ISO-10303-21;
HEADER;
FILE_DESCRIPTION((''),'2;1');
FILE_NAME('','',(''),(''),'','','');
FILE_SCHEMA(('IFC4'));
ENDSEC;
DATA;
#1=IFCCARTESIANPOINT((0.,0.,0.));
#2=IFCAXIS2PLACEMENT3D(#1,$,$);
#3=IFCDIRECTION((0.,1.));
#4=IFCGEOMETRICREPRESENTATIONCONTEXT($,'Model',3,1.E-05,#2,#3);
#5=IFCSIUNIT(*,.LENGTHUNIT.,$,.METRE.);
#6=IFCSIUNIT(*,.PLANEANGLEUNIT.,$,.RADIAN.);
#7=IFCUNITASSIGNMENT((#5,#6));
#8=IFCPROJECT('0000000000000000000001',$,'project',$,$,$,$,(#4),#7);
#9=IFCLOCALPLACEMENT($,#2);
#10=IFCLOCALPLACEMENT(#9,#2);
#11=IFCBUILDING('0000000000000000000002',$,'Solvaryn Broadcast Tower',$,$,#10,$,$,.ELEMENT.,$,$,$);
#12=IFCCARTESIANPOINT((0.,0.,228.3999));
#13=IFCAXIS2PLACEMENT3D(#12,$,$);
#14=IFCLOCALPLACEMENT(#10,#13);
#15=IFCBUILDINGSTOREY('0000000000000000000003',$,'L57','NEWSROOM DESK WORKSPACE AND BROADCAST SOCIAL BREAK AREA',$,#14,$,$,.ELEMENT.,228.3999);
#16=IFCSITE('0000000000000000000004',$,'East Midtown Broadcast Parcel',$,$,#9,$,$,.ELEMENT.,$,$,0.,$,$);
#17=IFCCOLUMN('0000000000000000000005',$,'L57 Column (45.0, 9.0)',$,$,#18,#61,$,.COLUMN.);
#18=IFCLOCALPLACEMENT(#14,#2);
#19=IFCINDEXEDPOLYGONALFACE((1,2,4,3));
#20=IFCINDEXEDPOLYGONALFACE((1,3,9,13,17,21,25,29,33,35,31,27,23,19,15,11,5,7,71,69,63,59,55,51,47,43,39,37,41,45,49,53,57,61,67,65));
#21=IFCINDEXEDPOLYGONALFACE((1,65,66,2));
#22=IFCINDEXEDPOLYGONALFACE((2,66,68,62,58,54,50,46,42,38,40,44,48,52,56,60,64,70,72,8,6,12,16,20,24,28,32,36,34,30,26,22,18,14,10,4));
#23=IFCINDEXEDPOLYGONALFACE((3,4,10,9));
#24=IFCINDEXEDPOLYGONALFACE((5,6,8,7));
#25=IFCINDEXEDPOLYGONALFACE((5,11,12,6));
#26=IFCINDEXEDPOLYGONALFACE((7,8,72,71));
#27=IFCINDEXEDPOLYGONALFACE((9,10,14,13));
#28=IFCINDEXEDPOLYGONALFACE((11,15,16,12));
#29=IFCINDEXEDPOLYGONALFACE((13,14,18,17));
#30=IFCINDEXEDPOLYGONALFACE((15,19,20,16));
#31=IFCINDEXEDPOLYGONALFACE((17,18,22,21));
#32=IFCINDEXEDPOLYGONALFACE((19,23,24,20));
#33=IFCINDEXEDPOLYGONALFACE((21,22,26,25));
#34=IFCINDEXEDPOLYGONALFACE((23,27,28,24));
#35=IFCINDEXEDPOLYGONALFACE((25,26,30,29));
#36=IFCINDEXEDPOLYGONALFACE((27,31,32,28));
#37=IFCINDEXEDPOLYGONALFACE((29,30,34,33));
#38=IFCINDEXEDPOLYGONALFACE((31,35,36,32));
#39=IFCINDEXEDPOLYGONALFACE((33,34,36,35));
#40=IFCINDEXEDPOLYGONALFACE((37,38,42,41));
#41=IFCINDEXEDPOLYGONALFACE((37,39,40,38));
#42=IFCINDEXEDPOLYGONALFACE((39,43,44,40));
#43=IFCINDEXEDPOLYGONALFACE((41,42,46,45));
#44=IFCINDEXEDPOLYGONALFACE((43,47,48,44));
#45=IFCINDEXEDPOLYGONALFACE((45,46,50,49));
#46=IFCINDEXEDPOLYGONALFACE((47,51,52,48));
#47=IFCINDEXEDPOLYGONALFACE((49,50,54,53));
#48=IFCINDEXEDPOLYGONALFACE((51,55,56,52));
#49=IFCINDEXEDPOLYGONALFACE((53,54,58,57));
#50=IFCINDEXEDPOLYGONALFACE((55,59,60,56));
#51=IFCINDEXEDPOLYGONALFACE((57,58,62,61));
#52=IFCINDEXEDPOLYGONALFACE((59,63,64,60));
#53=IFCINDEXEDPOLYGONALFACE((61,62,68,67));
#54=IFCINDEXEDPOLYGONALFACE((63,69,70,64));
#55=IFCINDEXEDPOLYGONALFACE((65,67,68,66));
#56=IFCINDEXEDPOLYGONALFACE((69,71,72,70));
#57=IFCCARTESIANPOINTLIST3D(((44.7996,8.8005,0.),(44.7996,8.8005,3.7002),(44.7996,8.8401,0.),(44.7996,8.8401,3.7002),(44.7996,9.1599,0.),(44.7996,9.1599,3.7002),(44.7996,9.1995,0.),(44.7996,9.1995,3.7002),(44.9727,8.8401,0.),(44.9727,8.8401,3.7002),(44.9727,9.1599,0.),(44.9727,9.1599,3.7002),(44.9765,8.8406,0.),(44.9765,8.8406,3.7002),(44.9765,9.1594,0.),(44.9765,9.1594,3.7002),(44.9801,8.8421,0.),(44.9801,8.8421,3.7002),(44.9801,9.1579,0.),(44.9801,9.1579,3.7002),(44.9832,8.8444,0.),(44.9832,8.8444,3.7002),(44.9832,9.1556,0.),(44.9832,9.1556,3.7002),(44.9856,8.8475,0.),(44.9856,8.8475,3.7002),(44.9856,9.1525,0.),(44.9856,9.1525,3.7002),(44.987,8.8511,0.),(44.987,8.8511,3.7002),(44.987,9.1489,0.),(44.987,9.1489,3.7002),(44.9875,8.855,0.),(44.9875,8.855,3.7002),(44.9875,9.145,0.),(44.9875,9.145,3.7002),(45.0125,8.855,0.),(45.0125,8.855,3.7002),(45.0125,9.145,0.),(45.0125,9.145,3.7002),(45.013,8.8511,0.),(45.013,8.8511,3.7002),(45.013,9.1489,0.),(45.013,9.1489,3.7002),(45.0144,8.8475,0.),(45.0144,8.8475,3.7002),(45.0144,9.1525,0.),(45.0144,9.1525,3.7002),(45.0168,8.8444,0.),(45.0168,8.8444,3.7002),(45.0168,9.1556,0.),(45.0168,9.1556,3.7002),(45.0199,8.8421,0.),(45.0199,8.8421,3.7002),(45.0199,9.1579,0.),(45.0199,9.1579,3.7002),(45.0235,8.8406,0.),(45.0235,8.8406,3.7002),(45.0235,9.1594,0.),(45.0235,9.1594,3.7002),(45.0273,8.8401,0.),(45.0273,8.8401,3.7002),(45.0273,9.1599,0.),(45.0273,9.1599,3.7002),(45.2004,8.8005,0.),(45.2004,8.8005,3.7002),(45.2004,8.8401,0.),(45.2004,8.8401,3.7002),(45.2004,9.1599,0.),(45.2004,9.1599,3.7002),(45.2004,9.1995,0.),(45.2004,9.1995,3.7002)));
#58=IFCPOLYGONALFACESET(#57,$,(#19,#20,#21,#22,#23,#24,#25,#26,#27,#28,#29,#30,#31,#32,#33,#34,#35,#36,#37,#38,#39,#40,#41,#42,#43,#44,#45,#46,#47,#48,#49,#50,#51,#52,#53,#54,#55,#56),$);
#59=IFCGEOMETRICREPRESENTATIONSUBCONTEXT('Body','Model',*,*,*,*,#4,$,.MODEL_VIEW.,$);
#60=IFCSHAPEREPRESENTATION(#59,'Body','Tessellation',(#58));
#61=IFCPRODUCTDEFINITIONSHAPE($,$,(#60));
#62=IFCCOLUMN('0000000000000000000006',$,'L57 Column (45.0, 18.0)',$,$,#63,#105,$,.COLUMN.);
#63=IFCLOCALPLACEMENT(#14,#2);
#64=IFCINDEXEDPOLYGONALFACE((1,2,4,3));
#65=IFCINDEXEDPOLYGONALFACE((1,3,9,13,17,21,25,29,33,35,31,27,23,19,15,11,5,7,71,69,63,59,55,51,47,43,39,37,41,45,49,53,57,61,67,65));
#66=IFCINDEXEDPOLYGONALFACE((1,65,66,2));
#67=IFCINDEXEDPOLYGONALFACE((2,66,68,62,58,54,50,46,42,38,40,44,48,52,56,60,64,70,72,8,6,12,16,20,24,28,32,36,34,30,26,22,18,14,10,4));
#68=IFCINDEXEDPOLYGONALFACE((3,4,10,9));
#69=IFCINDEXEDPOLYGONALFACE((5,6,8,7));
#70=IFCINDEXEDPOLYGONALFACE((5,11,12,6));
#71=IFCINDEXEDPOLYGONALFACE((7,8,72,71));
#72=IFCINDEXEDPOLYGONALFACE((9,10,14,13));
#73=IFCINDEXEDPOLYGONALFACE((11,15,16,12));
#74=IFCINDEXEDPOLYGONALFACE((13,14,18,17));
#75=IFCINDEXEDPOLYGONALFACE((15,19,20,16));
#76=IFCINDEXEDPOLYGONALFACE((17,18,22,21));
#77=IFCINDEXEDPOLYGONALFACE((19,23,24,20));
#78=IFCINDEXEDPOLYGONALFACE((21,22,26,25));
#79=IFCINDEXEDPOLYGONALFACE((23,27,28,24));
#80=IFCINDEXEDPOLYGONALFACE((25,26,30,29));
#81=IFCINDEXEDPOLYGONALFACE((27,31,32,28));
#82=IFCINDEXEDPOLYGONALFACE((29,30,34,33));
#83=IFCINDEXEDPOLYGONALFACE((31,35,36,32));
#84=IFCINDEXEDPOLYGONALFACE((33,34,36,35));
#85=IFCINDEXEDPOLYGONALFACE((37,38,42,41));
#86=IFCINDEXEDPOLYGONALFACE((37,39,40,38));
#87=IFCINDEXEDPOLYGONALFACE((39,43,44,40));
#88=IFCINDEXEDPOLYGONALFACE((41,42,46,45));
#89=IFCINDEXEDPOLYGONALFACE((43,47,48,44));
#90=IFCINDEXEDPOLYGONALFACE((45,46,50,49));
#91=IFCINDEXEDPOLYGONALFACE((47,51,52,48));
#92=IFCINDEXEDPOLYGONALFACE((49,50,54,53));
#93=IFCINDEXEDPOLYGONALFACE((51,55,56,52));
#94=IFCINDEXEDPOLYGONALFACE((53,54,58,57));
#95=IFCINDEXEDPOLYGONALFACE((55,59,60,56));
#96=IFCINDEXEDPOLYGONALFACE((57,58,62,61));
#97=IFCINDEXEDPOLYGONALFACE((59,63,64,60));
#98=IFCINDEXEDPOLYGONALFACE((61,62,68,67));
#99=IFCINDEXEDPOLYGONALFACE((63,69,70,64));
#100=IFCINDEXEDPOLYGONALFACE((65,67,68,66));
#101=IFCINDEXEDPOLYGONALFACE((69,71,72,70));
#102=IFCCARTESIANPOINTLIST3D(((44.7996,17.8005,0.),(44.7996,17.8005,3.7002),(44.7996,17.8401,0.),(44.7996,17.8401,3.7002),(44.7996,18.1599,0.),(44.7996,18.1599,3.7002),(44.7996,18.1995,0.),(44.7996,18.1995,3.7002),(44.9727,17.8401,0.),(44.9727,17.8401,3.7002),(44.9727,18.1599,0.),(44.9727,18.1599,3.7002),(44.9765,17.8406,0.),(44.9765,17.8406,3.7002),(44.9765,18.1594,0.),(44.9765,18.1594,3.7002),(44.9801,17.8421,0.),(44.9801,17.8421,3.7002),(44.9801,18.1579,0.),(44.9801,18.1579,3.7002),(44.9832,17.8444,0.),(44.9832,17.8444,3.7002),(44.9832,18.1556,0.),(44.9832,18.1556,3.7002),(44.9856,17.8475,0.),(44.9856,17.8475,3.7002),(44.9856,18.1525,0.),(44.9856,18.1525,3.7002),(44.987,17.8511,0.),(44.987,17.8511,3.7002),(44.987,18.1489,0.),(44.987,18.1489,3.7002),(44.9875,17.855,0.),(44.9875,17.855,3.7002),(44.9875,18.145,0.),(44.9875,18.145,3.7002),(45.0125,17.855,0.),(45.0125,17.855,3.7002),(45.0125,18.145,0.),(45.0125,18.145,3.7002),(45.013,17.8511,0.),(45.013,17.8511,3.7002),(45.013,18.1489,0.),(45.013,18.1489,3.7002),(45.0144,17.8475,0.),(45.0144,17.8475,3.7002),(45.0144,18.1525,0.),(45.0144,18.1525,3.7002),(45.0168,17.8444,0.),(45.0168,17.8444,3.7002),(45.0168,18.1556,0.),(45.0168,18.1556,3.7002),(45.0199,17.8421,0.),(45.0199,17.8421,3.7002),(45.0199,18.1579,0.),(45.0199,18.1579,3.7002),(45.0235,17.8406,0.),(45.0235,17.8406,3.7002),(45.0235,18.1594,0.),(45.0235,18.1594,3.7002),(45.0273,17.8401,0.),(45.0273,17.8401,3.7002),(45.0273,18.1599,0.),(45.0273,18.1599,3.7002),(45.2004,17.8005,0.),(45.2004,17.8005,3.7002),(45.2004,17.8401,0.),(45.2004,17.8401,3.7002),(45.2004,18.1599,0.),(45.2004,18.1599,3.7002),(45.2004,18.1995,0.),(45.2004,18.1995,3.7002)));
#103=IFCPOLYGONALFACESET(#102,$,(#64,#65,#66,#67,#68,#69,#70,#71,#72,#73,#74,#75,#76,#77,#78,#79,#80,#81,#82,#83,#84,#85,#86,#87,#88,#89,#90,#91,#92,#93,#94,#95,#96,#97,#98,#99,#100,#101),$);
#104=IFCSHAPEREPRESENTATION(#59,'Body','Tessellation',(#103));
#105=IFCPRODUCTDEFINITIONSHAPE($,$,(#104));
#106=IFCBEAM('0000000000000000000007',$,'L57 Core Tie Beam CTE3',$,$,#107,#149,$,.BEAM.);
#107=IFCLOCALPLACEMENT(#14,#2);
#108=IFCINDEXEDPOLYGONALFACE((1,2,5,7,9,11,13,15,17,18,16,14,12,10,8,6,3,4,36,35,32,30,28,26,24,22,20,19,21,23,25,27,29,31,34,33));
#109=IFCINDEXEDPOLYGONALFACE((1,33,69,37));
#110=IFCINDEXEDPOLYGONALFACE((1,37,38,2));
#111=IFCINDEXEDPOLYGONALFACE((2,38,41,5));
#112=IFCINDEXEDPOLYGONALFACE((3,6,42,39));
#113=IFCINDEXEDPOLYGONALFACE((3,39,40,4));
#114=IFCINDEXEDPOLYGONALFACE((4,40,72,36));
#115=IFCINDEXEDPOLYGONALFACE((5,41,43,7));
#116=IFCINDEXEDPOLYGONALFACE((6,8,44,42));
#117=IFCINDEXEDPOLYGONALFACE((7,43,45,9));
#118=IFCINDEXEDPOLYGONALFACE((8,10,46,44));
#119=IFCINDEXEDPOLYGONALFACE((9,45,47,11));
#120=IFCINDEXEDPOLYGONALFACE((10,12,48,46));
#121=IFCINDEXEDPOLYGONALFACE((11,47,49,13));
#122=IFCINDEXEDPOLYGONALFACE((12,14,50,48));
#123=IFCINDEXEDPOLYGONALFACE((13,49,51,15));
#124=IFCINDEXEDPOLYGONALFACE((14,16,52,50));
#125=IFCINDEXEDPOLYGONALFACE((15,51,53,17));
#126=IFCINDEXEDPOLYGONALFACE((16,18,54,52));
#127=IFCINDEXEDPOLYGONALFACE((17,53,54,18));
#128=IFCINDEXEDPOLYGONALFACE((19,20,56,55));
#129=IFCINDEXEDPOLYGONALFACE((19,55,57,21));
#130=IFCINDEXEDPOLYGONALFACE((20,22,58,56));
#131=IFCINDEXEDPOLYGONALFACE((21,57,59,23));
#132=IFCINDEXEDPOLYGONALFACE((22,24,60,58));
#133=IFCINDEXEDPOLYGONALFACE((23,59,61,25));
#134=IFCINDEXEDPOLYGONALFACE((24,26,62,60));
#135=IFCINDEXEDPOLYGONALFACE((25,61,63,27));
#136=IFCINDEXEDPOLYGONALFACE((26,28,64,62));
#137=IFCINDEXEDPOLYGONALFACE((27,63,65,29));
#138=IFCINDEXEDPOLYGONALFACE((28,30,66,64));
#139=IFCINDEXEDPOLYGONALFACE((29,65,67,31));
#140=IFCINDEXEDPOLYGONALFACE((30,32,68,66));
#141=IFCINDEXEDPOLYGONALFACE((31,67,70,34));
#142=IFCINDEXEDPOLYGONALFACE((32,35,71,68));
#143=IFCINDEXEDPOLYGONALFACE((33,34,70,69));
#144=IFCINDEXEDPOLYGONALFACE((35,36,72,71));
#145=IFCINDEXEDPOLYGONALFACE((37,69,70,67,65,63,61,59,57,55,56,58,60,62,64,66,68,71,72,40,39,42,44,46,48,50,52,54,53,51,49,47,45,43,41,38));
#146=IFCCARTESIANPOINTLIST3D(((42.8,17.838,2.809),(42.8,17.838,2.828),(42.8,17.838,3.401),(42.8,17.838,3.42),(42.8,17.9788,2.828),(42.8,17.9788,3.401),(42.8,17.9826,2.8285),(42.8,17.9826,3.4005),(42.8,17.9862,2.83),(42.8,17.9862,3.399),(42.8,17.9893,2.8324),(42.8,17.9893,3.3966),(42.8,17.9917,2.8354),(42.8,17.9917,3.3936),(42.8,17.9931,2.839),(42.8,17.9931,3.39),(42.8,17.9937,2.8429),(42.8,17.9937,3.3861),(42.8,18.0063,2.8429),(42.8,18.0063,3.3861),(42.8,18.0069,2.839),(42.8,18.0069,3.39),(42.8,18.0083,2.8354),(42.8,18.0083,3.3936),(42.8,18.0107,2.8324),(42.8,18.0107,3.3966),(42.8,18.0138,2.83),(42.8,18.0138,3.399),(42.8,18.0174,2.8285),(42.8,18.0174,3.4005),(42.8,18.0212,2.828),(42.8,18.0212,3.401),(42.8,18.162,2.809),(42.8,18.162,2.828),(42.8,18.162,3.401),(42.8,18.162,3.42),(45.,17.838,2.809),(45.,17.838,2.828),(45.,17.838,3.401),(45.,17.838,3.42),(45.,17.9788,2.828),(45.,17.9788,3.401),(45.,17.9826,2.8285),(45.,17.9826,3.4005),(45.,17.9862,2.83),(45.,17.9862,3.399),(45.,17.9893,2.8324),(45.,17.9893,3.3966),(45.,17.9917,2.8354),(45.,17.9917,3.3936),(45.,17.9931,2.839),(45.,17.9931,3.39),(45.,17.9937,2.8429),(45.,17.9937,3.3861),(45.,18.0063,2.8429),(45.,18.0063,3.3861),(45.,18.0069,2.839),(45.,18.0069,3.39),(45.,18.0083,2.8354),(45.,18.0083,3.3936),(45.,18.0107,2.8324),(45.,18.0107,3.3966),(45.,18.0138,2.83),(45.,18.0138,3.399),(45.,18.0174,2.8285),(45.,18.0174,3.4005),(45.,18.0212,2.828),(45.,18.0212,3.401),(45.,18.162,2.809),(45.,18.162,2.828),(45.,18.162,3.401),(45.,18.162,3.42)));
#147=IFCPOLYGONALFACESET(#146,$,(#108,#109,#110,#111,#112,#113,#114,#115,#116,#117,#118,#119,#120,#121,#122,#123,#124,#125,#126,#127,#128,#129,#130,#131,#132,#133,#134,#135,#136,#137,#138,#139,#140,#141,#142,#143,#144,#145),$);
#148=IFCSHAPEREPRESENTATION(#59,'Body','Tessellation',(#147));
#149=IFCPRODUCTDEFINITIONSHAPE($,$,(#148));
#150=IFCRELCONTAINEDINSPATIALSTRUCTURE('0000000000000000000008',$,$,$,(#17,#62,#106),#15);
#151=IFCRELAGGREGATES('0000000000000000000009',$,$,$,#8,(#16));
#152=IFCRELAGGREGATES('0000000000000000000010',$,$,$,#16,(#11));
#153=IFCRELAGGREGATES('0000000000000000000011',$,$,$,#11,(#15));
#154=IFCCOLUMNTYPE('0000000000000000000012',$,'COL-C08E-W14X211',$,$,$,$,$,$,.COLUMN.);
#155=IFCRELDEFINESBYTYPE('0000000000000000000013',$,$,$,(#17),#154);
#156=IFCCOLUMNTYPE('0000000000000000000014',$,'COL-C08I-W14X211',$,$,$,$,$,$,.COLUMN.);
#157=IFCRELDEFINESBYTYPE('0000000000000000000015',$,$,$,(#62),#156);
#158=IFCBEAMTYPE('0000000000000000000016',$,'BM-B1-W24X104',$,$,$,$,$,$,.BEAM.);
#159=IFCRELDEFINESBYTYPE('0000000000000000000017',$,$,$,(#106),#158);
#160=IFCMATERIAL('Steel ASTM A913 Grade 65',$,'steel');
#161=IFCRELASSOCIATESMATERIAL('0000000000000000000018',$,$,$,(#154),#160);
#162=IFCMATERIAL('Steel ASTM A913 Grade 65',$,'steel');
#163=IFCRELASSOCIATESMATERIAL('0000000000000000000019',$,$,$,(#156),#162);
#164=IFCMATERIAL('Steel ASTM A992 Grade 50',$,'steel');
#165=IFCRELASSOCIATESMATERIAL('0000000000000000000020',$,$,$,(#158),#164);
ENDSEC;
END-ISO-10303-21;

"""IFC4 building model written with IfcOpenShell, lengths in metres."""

from ifc_helpers import new_model, si_unit, direction, frame, origin, origin_2d, place, context, subcontext, project, spatial, i_section, extrude, material, material_profile, profile_set, type_object, element, save


model = new_model("IFC4")

# Units and contexts
model_context = context("Model", 3, precision=1e-05, world=origin(), true_north=direction((0.0, 1.0)))
body_context = subcontext(model_context, "Body", "Model", "MODEL_VIEW")
ifc_project = project(units=[si_unit("LENGTHUNIT", "METRE"), si_unit("PLANEANGLEUNIT", "RADIAN")], contexts=[model_context])

# Site, building, storey
site_placement = place(None, origin())
site = spatial("IfcSite", under=ifc_project, at=site_placement, Name="East Midtown Broadcast Parcel", CompositionType="ELEMENT", RefElevation=0.0)
building_placement = place(site_placement, origin())
building = spatial("IfcBuilding", under=site, at=building_placement, Name="Solvaryn Broadcast Tower", CompositionType="ELEMENT")
storey_placement = place(building_placement, frame((0.0, 0.0, 228.3999)))
storey = spatial("IfcBuildingStorey", under=building, at=storey_placement, Name="L57", Description="NEWSROOM DESK WORKSPACE AND BROADCAST SOCIAL BREAK AREA", CompositionType="ELEMENT", Elevation=228.3999)

# Columns
ifc_material_1 = material(Name="Steel ASTM A913 Grade 65", Category="steel")
ifc_material_profile_1 = material_profile(ifc_material_1, i_section(OverallWidth=0.4009, OverallDepth=0.3989, WebThickness=0.0249, FlangeThickness=0.0396, FilletRadius=0.0149, at=origin_2d()))
ifc_profile_set_1 = profile_set([ifc_material_profile_1], Name="Steel ASTM A913 Grade 65")
column_type_1 = type_object("IfcColumnType", Name="COL-C08E-W14X211", PredefinedType="COLUMN", material=ifc_profile_set_1)
column_1_placement = place(storey_placement, frame((45.0, 9.0, 0.0), z_axis=(0.0, 0.0, 1.0), x_axis=(1.0, 0.0, 0.0)))
element("IfcColumn", 1, at=column_1_placement, inside=storey, type_object=column_type_1, Name="L57 Column (45.0, 9.0)", PredefinedType="COLUMN", context=body_context, shape_type="SweptSolid", body=[
    extrude(i_section(OverallWidth=0.4009, OverallDepth=0.3989, WebThickness=0.0249, FlangeThickness=0.0396, FilletRadius=0.0149, at=origin_2d()), origin(), (0.0, 0.0, 1.0), 3.7002),
])
ifc_material_2 = material(Name="Steel ASTM A913 Grade 65", Category="steel")
ifc_material_profile_2 = material_profile(ifc_material_2, i_section(OverallWidth=0.4009, OverallDepth=0.3989, WebThickness=0.0249, FlangeThickness=0.0396, FilletRadius=0.0149, at=origin_2d()))
ifc_profile_set_2 = profile_set([ifc_material_profile_2], Name="Steel ASTM A913 Grade 65")
column_type_2 = type_object("IfcColumnType", Name="COL-C08I-W14X211", PredefinedType="COLUMN", material=ifc_profile_set_2)
column_2_placement = place(storey_placement, frame((45.0, 18.0, 0.0), z_axis=(0.0, 0.0, 1.0), x_axis=(1.0, 0.0, 0.0)))
element("IfcColumn", 2, at=column_2_placement, inside=storey, type_object=column_type_2, Name="L57 Column (45.0, 18.0)", PredefinedType="COLUMN", context=body_context, shape_type="SweptSolid", body=[
    extrude(i_section(OverallWidth=0.4009, OverallDepth=0.3989, WebThickness=0.0249, FlangeThickness=0.0396, FilletRadius=0.0149, at=origin_2d()), origin(), (0.0, 0.0, 1.0), 3.7002),
])

# Beam
ifc_material_3 = material(Name="Steel ASTM A992 Grade 50", Category="steel")
ifc_material_profile_3 = material_profile(ifc_material_3, i_section(OverallWidth=0.324, OverallDepth=0.6111, WebThickness=0.0127, FlangeThickness=0.019, FilletRadius=0.0149, at=origin_2d()))
ifc_profile_set_3 = profile_set([ifc_material_profile_3], Name="Steel ASTM A992 Grade 50")
beam_type = type_object("IfcBeamType", Name="BM-B1-W24X104", PredefinedType="BEAM", material=ifc_profile_set_3)
beam_placement = place(storey_placement, frame((42.8, 18.0, 3.1145), z_axis=(1.0, 0.0, 0.0), x_axis=(0.0, 1.0, 0.0)))
element("IfcBeam", 3, at=beam_placement, inside=storey, type_object=beam_type, Name="L57 Core Tie Beam CTE3", PredefinedType="BEAM", context=body_context, shape_type="SweptSolid", body=[
    extrude(i_section(OverallWidth=0.324, OverallDepth=0.6111, WebThickness=0.0127, FlangeThickness=0.019, FilletRadius=0.0149, at=origin_2d()), origin(), (0.0, 0.0, 1.0), 2.2),
])

save(model, "model.ifc")
